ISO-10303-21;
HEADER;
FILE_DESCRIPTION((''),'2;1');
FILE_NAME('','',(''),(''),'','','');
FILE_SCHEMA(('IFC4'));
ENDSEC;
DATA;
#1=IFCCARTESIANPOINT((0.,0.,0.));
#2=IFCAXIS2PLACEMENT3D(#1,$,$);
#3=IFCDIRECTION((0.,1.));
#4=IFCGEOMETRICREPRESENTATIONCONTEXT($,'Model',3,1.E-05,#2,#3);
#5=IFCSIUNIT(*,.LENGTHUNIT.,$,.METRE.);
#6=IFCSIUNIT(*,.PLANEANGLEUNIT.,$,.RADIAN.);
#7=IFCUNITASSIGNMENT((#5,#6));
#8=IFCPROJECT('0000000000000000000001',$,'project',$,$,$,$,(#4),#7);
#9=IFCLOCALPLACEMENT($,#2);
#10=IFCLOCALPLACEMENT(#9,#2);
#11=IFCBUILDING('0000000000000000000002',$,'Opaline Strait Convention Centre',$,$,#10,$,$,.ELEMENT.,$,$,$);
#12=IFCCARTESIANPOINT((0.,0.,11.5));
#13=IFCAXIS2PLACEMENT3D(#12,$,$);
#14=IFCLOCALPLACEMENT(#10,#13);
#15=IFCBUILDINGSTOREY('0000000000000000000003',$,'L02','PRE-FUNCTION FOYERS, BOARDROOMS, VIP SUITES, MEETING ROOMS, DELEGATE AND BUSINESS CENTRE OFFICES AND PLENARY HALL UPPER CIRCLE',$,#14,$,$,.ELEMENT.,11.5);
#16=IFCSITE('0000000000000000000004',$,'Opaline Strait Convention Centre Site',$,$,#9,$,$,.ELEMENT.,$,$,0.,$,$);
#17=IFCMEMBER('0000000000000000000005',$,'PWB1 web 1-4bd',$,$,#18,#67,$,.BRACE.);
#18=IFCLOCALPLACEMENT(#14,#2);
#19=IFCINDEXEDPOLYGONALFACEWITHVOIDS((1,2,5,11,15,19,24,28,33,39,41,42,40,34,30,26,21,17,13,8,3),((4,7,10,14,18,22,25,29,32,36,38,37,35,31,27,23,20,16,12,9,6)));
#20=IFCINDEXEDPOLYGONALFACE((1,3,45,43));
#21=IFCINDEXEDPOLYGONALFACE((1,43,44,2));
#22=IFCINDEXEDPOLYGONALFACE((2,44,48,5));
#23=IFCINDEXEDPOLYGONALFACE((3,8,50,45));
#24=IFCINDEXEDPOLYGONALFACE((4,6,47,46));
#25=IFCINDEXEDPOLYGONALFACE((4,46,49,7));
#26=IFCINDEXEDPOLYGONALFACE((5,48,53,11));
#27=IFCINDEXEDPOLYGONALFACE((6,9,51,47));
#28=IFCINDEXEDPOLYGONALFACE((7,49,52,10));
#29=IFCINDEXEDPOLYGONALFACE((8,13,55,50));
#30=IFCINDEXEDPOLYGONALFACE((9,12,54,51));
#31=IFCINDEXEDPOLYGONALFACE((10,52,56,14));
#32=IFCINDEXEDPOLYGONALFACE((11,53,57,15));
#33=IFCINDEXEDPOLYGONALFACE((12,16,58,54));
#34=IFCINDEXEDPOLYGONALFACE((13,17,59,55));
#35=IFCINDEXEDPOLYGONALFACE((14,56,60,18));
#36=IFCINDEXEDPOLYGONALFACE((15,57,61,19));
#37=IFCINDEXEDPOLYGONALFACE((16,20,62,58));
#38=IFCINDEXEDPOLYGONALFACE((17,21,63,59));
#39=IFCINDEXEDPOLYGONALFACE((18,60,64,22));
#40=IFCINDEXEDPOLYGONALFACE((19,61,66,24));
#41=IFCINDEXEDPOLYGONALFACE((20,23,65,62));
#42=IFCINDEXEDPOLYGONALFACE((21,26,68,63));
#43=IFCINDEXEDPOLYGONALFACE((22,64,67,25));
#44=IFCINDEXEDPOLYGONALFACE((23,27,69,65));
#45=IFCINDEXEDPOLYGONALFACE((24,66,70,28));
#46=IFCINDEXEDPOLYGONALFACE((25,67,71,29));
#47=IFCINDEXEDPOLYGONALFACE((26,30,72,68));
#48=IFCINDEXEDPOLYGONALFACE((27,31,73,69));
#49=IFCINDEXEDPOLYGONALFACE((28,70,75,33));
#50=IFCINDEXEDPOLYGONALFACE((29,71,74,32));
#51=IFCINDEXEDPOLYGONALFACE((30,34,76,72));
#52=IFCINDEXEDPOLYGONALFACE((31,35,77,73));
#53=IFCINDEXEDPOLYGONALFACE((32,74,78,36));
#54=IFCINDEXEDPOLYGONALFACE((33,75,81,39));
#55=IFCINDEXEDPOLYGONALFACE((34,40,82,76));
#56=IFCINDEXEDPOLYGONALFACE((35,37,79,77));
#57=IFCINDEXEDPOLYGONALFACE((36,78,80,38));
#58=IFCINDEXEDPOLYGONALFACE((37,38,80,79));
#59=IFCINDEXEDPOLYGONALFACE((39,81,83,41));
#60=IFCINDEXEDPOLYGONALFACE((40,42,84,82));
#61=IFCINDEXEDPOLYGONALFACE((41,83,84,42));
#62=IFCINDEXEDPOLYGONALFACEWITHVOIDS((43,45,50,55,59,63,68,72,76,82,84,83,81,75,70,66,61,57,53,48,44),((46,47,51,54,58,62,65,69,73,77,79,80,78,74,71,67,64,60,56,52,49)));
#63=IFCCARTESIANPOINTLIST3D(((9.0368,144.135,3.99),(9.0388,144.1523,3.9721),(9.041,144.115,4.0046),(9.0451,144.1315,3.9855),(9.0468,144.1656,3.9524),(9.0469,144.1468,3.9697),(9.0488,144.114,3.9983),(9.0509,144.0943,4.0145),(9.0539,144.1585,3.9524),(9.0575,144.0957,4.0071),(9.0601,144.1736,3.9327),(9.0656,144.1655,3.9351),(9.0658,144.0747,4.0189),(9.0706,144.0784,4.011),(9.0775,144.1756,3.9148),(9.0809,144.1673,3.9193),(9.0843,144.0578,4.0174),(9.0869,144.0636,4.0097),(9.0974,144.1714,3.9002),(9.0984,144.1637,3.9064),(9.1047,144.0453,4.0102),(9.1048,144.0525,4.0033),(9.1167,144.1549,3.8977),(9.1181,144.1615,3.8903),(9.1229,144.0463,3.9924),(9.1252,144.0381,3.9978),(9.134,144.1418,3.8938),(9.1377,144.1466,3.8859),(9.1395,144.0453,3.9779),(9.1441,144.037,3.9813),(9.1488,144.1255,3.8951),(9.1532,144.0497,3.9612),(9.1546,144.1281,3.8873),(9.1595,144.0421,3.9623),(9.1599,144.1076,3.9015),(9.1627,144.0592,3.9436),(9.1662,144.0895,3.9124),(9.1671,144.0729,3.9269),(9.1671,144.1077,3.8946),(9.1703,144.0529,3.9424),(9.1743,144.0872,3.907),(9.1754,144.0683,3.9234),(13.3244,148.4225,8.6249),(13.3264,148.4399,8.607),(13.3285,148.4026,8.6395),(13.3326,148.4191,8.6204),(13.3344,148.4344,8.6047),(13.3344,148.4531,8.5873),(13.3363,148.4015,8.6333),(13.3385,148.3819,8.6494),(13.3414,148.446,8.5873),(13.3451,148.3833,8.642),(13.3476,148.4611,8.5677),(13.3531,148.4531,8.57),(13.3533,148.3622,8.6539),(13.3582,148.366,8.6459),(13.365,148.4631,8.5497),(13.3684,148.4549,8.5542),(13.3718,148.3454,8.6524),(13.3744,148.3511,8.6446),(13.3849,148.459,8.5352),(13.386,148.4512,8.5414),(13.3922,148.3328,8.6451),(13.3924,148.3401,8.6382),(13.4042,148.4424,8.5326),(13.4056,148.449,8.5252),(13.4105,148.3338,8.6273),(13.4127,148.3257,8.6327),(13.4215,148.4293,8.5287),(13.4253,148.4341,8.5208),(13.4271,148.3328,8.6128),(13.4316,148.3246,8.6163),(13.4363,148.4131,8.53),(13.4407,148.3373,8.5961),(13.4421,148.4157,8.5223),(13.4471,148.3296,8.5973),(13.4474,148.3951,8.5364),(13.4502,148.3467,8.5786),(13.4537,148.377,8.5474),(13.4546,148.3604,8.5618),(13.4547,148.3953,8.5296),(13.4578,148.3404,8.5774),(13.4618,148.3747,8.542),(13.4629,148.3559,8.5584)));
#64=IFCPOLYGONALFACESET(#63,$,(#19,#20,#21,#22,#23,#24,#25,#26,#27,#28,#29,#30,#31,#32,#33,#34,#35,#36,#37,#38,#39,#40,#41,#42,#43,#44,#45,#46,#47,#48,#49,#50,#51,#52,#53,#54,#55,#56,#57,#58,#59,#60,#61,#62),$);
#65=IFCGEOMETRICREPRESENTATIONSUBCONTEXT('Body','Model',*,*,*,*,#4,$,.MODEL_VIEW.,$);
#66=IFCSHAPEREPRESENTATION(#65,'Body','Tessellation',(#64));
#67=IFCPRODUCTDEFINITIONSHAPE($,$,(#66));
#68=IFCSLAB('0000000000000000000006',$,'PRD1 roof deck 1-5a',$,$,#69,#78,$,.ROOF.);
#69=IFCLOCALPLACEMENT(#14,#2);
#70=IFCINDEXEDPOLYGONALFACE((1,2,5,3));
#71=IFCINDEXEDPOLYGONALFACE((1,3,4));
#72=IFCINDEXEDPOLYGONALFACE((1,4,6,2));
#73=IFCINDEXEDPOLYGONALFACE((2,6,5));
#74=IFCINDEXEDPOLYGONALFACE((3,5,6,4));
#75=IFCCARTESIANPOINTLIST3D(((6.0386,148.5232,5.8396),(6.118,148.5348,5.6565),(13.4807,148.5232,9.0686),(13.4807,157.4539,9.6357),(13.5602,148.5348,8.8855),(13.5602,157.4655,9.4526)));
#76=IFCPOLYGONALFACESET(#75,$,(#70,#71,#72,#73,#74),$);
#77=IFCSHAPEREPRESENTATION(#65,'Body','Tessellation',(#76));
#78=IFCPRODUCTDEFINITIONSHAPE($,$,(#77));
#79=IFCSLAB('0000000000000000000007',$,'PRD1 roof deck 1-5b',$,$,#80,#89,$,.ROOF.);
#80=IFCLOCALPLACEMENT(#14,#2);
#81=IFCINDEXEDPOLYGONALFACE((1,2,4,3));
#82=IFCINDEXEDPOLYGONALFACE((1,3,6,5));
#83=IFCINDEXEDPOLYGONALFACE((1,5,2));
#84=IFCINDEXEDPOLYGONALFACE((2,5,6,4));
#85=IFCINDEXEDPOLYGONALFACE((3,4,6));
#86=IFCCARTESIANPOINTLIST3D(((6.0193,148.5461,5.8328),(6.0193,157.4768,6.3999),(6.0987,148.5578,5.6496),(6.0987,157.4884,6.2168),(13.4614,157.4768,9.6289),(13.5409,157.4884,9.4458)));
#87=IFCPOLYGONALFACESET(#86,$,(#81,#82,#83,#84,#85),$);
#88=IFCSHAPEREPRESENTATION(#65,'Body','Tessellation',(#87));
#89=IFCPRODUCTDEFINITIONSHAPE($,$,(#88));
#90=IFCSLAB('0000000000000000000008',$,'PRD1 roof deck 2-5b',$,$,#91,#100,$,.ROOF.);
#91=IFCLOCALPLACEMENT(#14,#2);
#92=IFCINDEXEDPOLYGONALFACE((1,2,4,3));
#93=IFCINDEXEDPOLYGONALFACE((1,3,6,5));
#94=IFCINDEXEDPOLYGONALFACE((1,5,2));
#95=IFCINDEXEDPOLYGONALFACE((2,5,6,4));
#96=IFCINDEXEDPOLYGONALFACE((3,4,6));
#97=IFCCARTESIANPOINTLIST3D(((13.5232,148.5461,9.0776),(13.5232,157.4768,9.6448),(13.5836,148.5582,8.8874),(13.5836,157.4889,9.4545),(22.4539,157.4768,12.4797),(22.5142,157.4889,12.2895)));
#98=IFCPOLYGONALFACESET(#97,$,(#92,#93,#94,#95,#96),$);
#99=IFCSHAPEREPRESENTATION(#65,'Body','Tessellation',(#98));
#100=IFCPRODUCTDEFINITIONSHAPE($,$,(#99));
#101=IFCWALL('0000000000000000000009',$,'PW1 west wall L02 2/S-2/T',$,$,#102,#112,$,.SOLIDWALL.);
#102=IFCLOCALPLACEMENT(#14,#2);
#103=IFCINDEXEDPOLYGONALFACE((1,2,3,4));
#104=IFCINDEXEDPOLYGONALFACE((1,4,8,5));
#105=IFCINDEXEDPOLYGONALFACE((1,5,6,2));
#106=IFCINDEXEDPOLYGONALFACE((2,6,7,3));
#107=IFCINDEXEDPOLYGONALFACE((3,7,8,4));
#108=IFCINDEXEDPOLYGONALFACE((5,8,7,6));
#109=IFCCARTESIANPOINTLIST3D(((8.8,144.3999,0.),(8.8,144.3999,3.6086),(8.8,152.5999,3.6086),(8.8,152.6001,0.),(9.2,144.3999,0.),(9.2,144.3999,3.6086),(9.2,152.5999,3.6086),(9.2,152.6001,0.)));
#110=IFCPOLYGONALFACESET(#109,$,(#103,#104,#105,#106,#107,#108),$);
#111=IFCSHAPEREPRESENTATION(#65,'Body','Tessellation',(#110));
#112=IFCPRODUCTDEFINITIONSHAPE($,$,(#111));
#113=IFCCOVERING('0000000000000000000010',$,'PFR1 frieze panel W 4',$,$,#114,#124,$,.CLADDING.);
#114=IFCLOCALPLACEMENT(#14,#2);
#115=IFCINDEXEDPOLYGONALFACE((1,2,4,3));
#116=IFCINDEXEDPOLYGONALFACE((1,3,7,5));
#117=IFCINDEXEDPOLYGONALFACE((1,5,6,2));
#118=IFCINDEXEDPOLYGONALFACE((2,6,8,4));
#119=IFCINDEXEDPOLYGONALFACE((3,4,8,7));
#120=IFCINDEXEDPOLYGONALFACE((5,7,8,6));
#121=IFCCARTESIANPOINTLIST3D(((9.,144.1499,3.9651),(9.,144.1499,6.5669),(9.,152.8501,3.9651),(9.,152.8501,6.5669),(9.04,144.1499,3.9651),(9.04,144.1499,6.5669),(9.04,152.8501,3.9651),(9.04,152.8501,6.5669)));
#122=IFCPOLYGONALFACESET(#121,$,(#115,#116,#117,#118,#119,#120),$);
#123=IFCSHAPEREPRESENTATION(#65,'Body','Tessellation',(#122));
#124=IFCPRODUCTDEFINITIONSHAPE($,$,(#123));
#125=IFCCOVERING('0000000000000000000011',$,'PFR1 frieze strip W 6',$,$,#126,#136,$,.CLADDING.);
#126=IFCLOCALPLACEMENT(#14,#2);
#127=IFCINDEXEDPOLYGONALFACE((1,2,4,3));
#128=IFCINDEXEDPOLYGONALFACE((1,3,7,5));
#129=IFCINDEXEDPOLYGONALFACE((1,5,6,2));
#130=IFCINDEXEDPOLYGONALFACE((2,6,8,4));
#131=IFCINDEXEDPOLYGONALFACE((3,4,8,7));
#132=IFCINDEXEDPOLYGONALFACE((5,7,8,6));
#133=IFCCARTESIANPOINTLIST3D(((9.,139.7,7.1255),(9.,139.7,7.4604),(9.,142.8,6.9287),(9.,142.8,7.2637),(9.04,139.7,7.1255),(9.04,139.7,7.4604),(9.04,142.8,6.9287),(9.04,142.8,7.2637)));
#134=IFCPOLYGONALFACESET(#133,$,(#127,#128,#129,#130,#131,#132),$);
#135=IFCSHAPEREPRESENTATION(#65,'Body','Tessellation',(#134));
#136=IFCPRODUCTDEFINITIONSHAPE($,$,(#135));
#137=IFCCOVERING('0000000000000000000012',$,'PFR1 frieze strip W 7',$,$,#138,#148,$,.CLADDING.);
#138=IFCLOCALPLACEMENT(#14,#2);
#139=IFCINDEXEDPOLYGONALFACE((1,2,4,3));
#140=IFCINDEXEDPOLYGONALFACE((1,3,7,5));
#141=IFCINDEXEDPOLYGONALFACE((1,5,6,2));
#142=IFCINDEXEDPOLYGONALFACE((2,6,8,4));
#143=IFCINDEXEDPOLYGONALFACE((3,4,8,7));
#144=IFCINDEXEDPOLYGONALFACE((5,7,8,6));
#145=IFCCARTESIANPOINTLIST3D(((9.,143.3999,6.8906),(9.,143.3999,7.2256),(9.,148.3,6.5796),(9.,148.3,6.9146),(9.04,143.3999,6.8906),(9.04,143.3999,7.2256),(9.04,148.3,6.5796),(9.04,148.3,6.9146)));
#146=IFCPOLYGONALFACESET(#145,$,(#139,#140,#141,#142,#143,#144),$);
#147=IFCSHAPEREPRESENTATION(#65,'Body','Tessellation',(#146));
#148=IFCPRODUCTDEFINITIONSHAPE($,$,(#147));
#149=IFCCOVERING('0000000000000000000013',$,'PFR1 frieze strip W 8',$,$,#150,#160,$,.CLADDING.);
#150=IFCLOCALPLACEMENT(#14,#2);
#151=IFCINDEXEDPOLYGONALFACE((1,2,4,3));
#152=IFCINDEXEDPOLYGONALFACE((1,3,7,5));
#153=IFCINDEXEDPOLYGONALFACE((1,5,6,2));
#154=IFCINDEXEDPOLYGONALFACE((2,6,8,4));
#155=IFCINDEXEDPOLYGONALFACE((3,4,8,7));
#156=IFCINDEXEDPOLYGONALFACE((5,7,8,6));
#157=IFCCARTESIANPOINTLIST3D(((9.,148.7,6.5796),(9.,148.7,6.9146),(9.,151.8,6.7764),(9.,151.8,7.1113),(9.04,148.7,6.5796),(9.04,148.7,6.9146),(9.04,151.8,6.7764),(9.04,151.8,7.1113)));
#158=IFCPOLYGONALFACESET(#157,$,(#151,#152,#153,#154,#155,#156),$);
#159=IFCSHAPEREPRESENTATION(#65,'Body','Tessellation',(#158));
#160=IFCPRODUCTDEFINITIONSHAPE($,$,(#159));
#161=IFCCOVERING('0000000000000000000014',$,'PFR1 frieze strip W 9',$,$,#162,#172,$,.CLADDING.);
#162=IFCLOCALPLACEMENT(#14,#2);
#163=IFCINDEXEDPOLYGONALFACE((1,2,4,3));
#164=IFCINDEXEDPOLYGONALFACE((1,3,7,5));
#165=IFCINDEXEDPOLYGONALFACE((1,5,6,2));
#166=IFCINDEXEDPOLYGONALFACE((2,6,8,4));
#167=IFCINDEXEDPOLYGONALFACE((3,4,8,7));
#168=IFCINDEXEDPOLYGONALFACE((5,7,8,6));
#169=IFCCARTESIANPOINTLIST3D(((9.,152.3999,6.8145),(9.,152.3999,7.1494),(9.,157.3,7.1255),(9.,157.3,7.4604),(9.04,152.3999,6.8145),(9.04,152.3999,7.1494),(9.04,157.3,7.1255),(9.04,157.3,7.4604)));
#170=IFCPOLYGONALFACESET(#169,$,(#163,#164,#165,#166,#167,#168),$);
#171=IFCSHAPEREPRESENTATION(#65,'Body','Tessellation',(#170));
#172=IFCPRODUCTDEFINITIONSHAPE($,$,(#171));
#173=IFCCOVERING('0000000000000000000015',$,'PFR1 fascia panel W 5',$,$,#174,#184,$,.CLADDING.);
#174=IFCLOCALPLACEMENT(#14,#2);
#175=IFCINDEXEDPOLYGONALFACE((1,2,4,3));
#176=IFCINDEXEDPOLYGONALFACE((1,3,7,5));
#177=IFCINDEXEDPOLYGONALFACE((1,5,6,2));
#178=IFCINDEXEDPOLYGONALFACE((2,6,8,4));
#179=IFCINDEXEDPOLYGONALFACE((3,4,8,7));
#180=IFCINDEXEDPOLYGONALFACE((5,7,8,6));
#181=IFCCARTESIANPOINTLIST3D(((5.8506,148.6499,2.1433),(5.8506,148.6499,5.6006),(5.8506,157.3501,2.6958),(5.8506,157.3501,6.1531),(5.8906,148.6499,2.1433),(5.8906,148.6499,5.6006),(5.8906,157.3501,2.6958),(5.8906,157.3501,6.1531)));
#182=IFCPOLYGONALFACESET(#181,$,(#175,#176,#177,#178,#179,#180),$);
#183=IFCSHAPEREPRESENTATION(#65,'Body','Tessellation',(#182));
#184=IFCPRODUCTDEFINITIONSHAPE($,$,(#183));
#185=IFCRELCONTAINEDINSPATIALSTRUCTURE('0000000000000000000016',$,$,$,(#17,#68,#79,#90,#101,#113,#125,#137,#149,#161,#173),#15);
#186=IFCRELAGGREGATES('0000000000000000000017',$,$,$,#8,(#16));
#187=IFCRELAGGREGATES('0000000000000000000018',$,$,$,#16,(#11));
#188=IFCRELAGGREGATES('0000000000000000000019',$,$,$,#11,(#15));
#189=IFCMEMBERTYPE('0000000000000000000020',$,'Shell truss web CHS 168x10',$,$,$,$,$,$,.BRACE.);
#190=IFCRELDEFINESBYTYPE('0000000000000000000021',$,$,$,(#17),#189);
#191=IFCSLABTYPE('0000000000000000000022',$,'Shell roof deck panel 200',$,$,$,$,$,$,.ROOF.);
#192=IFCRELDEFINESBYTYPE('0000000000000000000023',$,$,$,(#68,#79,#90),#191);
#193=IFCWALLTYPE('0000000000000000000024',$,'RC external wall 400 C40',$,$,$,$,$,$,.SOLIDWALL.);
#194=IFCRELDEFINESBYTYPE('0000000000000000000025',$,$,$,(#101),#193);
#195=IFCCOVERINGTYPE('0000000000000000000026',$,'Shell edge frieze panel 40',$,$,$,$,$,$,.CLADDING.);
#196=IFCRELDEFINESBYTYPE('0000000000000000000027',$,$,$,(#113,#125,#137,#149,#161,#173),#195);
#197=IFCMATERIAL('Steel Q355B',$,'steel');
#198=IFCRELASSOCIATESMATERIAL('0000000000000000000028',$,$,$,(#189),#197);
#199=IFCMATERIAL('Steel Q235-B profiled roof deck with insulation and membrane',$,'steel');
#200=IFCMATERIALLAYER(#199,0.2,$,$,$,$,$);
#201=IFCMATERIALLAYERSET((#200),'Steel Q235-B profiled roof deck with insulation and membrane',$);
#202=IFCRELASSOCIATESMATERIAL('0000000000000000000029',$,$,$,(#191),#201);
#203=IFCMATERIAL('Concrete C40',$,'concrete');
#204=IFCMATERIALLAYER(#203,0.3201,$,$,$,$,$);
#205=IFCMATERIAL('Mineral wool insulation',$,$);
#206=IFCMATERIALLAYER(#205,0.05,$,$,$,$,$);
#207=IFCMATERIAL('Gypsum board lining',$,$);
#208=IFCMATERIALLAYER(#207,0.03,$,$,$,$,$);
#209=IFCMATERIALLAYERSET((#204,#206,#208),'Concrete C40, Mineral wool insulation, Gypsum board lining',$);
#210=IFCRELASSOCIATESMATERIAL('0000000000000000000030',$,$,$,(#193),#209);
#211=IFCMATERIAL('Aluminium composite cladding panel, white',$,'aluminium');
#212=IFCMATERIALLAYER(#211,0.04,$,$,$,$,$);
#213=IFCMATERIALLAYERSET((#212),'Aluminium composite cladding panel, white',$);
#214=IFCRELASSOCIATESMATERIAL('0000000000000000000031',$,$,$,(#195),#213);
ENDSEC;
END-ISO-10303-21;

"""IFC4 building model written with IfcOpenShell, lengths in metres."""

from ifc_helpers import new_model, si_unit, direction, frame, origin, origin_2d, place, context, subcontext, project, spatial, polyline, hollow_circle, outline, extrude, material, layer, layer_set, material_profile, profile_set, type_object, element, save


model = new_model("IFC4")

# Units and contexts
model_context = context("Model", 3, precision=1e-05, world=origin(), true_north=direction((0.0, 1.0)))
body_context = subcontext(model_context, "Body", "Model", "MODEL_VIEW")
ifc_project = project(units=[si_unit("LENGTHUNIT", "METRE"), si_unit("PLANEANGLEUNIT", "RADIAN")], contexts=[model_context])

# Site, building, storey
site_placement = place(None, origin())
site = spatial("IfcSite", under=ifc_project, at=site_placement, Name="Opaline Strait Convention Centre Site", CompositionType="ELEMENT", RefElevation=0.0)
building_placement = place(site_placement, origin())
building = spatial("IfcBuilding", under=site, at=building_placement, Name="Opaline Strait Convention Centre", CompositionType="ELEMENT")
storey_placement = place(building_placement, frame((0.0, 0.0, 11.5)))
storey = spatial("IfcBuildingStorey", under=building, at=storey_placement, Name="L02", Description="PRE-FUNCTION FOYERS, BOARDROOMS, VIP SUITES, MEETING ROOMS, DELEGATE AND BUSINESS CENTRE OFFICES AND PLENARY HALL UPPER CIRCLE", CompositionType="ELEMENT", Elevation=11.5)

# Shared definitions
ifc_material_1 = material(Name="Concrete C40", Category="concrete")

# Member
ifc_material_2 = material(Name="Steel Q355B", Category="steel")
ifc_material_profile_1 = material_profile(ifc_material_2, hollow_circle(Radius=0.084, WallThickness=0.01, at=origin_2d()), Name="CHS 168x10")
ifc_profile_set_1 = profile_set([ifc_material_profile_1], Name="Steel Q355B")
member_type_1 = type_object("IfcMemberType", Name="Shell truss web CHS 168x10", PredefinedType="BRACE", material=ifc_profile_set_1)
member_1_placement = place(storey_placement, frame((9.1062, 144.1062, 3.9524), z_axis=(0.561778, 0.561778, 0.607298), x_axis=(-0.707107, 0.707107, 0.0)))
element("IfcMember", 1, at=member_1_placement, inside=storey, type_object=member_type_1, Name="PWB1 web 1-4bd", PredefinedType="BRACE", context=body_context, shape_type="SweptSolid", body=[
    extrude(hollow_circle(Radius=0.084, WallThickness=0.01, at=origin_2d()), origin(), (0.0, 0.0, 1.0), 7.6321),
])

# Slabs
ifc_material_3 = material(Name="Steel Q235-B profiled roof deck with insulation and membrane", Category="steel")
ifc_layer_1 = layer(ifc_material_3, 0.2)
ifc_layer_set_1 = layer_set([ifc_layer_1], Name="Steel Q235-B profiled roof deck with insulation and membrane")
slab_type = type_object("IfcSlabType", Name="Shell roof deck panel 200", PredefinedType="ROOF", material=ifc_layer_set_1)
slab_1_placement = place(storey_placement, frame((6.0386, 148.5232, 5.8396), z_axis=(-0.397357, -0.058159, 0.915819), x_axis=(0.917372, 0.0, 0.398031)))
element("IfcSlab", 2, at=slab_1_placement, inside=storey, type_object=slab_type, Name="PRD1 roof deck 1-5a", PredefinedType="ROOF", context=body_context, shape_type="SweptSolid", body=[
    extrude(outline(polyline([(0.0, 0.0), (8.1125, 0.0), (8.3382, 8.9458), (0.0, 0.0)])), origin(), (0.0, 0.0, -1.0), 0.2),
])
slab_2_placement = place(storey_placement, frame((6.0193, 148.5461, 5.8328), z_axis=(-0.397357, -0.058159, 0.915819), x_axis=(0.608556, 0.730275, 0.310417)))
element("IfcSlab", 3, at=slab_2_placement, inside=storey, type_object=slab_type, Name="PRD1 roof deck 1-5b", PredefinedType="ROOF", context=body_context, shape_type="SweptSolid", body=[
    extrude(outline(polyline([(0.0, 0.0), (12.2292, 0.0), (6.6979, 5.9344), (0.0, 0.0)])), origin(), (0.0, 0.0, -1.0), 0.2),
])
slab_3_placement = place(storey_placement, frame((13.5232, 148.5461, 9.0776), z_axis=(-0.30201, -0.060418, 0.951388), x_axis=(0.68277, 0.68277, 0.260098)))
element("IfcSlab", 4, at=slab_3_placement, inside=storey, type_object=slab_type, Name="PRD1 roof deck 2-5b", PredefinedType="ROOF", context=body_context, shape_type="SweptSolid", body=[
    extrude(outline(polyline([(0.0, 0.0), (13.0801, 0.0), (6.2451, 6.4091), (0.0, 0.0)])), origin(), (0.0, 0.0, -1.0), 0.2),
])

# Wall
ifc_layer_2 = layer(ifc_material_1, 0.3201)
ifc_material_4 = material(Name="Mineral wool insulation")
ifc_layer_3 = layer(ifc_material_4, 0.05)
ifc_material_5 = material(Name="Gypsum board lining")
ifc_layer_4 = layer(ifc_material_5, 0.03)
ifc_layer_set_2 = layer_set([ifc_layer_2, ifc_layer_3, ifc_layer_4], Name="Concrete C40, Mineral wool insulation, Gypsum board lining")
wall_type = type_object("IfcWallType", Name="RC external wall 400 C40", PredefinedType="SOLIDWALL", material=ifc_layer_set_2)
wall_placement = place(storey_placement, frame((9.0, 144.3999, 0.0), z_axis=(0.0, 0.0, 1.0), x_axis=(0.0, 1.0, 0.0)))
element("IfcWall", 5, at=wall_placement, inside=storey, type_object=wall_type, Name="PW1 west wall L02 2/S-2/T", PredefinedType="SOLIDWALL", context=body_context, shape_type="SweptSolid", body=[
    extrude(outline(polyline([(0.0, 0.0), (8.2002, 0.0), (8.2, 3.6086), (0.0, 3.6086), (0.0, 0.0)])), frame((0.0, 0.2, 0.0), z_axis=(0.0, -1.0, 0.0), x_axis=(1.0, 0.0, 0.0)), (0.0, 0.0, 1.0), 0.3999),
])

# Coverings
ifc_material_6 = material(Name="Aluminium composite cladding panel, white", Category="aluminium")
ifc_layer_5 = layer(ifc_material_6, 0.04)
ifc_layer_set_3 = layer_set([ifc_layer_5], Name="Aluminium composite cladding panel, white")
covering_type = type_object("IfcCoveringType", Name="Shell edge frieze panel 40", PredefinedType="CLADDING", material=ifc_layer_set_3)
covering_1_placement = place(storey_placement, frame((9.0, 144.1499, 6.5669), z_axis=(-1.0, 0.0, 0.0), x_axis=(0.0, 1.0, 0.0)))
element("IfcCovering", 6, at=covering_1_placement, inside=storey, type_object=covering_type, Name="PFR1 frieze panel W 4", PredefinedType="CLADDING", context=body_context, shape_type="SweptSolid", body=[
    extrude(outline(polyline([(0.0, 0.0), (8.7002, 0.0), (8.7002, 2.6018), (0.0, 2.6018), (0.0, 0.0)])), origin(), (0.0, 0.0, -1.0), 0.04),
])
covering_2_placement = place(storey_placement, frame((9.0, 139.7, 7.4604), z_axis=(-1.0, 0.0, 0.0), x_axis=(0.0, 0.997992, -0.063347)))
element("IfcCovering", 7, at=covering_2_placement, inside=storey, type_object=covering_type, Name="PFR1 frieze strip W 6", PredefinedType="CLADDING", context=body_context, shape_type="SweptSolid", body=[
    extrude(outline(polyline([(0.0, 0.0), (3.1063, 0.0), (3.1276, 0.3343), (0.0212, 0.3343), (0.0, 0.0)])), origin(), (0.0, 0.0, -1.0), 0.04),
])
covering_3_placement = place(storey_placement, frame((9.0, 143.3999, 7.2256), z_axis=(-1.0, 0.0, 0.0), x_axis=(0.0, 0.997992, -0.063347)))
element("IfcCovering", 8, at=covering_3_placement, inside=storey, type_object=covering_type, Name="PFR1 frieze strip W 7", PredefinedType="CLADDING", context=body_context, shape_type="SweptSolid", body=[
    extrude(outline(polyline([(0.0, 0.0), (4.91, 0.0), (4.9312, 0.3343), (0.0212, 0.3343), (0.0, 0.0)])), origin(), (0.0, 0.0, -1.0), 0.04),
])
covering_4_placement = place(storey_placement, frame((9.0, 148.7, 6.9146), z_axis=(-1.0, 0.0, 0.0), x_axis=(0.0, 0.997992, 0.063347)))
element("IfcCovering", 9, at=covering_4_placement, inside=storey, type_object=covering_type, Name="PFR1 frieze strip W 8", PredefinedType="CLADDING", context=body_context, shape_type="SweptSolid", body=[
    extrude(outline(polyline([(0.0, 0.0), (3.1063, 0.0), (3.0851, 0.3343), (-0.0212, 0.3343), (0.0, 0.0)])), origin(), (0.0, 0.0, -1.0), 0.04),
])
covering_5_placement = place(storey_placement, frame((9.0, 152.3999, 7.1494), z_axis=(-1.0, 0.0, 0.0), x_axis=(0.0, 0.997992, 0.063347)))
element("IfcCovering", 10, at=covering_5_placement, inside=storey, type_object=covering_type, Name="PFR1 frieze strip W 9", PredefinedType="CLADDING", context=body_context, shape_type="SweptSolid", body=[
    extrude(outline(polyline([(0.0, 0.0), (4.91, 0.0), (4.8888, 0.3343), (-0.0212, 0.3343), (0.0, 0.0)])), origin(), (0.0, 0.0, -1.0), 0.04),
])
covering_6_placement = place(storey_placement, frame((5.8506, 148.6499, 5.6006), z_axis=(-1.0, 0.0, 0.0), x_axis=(0.0, 0.99799, 0.063376)))
element("IfcCovering", 11, at=covering_6_placement, inside=storey, type_object=covering_type, Name="PFR1 fascia panel W 5", PredefinedType="CLADDING", context=body_context, shape_type="SweptSolid", body=[
    extrude(outline(polyline([(0.0, 0.0), (8.7177, 0.0), (8.4986, 3.4503), (-0.2191, 3.4503), (0.0, 0.0)])), origin(), (0.0, 0.0, -1.0), 0.04),
])

save(model, "model.ifc")
